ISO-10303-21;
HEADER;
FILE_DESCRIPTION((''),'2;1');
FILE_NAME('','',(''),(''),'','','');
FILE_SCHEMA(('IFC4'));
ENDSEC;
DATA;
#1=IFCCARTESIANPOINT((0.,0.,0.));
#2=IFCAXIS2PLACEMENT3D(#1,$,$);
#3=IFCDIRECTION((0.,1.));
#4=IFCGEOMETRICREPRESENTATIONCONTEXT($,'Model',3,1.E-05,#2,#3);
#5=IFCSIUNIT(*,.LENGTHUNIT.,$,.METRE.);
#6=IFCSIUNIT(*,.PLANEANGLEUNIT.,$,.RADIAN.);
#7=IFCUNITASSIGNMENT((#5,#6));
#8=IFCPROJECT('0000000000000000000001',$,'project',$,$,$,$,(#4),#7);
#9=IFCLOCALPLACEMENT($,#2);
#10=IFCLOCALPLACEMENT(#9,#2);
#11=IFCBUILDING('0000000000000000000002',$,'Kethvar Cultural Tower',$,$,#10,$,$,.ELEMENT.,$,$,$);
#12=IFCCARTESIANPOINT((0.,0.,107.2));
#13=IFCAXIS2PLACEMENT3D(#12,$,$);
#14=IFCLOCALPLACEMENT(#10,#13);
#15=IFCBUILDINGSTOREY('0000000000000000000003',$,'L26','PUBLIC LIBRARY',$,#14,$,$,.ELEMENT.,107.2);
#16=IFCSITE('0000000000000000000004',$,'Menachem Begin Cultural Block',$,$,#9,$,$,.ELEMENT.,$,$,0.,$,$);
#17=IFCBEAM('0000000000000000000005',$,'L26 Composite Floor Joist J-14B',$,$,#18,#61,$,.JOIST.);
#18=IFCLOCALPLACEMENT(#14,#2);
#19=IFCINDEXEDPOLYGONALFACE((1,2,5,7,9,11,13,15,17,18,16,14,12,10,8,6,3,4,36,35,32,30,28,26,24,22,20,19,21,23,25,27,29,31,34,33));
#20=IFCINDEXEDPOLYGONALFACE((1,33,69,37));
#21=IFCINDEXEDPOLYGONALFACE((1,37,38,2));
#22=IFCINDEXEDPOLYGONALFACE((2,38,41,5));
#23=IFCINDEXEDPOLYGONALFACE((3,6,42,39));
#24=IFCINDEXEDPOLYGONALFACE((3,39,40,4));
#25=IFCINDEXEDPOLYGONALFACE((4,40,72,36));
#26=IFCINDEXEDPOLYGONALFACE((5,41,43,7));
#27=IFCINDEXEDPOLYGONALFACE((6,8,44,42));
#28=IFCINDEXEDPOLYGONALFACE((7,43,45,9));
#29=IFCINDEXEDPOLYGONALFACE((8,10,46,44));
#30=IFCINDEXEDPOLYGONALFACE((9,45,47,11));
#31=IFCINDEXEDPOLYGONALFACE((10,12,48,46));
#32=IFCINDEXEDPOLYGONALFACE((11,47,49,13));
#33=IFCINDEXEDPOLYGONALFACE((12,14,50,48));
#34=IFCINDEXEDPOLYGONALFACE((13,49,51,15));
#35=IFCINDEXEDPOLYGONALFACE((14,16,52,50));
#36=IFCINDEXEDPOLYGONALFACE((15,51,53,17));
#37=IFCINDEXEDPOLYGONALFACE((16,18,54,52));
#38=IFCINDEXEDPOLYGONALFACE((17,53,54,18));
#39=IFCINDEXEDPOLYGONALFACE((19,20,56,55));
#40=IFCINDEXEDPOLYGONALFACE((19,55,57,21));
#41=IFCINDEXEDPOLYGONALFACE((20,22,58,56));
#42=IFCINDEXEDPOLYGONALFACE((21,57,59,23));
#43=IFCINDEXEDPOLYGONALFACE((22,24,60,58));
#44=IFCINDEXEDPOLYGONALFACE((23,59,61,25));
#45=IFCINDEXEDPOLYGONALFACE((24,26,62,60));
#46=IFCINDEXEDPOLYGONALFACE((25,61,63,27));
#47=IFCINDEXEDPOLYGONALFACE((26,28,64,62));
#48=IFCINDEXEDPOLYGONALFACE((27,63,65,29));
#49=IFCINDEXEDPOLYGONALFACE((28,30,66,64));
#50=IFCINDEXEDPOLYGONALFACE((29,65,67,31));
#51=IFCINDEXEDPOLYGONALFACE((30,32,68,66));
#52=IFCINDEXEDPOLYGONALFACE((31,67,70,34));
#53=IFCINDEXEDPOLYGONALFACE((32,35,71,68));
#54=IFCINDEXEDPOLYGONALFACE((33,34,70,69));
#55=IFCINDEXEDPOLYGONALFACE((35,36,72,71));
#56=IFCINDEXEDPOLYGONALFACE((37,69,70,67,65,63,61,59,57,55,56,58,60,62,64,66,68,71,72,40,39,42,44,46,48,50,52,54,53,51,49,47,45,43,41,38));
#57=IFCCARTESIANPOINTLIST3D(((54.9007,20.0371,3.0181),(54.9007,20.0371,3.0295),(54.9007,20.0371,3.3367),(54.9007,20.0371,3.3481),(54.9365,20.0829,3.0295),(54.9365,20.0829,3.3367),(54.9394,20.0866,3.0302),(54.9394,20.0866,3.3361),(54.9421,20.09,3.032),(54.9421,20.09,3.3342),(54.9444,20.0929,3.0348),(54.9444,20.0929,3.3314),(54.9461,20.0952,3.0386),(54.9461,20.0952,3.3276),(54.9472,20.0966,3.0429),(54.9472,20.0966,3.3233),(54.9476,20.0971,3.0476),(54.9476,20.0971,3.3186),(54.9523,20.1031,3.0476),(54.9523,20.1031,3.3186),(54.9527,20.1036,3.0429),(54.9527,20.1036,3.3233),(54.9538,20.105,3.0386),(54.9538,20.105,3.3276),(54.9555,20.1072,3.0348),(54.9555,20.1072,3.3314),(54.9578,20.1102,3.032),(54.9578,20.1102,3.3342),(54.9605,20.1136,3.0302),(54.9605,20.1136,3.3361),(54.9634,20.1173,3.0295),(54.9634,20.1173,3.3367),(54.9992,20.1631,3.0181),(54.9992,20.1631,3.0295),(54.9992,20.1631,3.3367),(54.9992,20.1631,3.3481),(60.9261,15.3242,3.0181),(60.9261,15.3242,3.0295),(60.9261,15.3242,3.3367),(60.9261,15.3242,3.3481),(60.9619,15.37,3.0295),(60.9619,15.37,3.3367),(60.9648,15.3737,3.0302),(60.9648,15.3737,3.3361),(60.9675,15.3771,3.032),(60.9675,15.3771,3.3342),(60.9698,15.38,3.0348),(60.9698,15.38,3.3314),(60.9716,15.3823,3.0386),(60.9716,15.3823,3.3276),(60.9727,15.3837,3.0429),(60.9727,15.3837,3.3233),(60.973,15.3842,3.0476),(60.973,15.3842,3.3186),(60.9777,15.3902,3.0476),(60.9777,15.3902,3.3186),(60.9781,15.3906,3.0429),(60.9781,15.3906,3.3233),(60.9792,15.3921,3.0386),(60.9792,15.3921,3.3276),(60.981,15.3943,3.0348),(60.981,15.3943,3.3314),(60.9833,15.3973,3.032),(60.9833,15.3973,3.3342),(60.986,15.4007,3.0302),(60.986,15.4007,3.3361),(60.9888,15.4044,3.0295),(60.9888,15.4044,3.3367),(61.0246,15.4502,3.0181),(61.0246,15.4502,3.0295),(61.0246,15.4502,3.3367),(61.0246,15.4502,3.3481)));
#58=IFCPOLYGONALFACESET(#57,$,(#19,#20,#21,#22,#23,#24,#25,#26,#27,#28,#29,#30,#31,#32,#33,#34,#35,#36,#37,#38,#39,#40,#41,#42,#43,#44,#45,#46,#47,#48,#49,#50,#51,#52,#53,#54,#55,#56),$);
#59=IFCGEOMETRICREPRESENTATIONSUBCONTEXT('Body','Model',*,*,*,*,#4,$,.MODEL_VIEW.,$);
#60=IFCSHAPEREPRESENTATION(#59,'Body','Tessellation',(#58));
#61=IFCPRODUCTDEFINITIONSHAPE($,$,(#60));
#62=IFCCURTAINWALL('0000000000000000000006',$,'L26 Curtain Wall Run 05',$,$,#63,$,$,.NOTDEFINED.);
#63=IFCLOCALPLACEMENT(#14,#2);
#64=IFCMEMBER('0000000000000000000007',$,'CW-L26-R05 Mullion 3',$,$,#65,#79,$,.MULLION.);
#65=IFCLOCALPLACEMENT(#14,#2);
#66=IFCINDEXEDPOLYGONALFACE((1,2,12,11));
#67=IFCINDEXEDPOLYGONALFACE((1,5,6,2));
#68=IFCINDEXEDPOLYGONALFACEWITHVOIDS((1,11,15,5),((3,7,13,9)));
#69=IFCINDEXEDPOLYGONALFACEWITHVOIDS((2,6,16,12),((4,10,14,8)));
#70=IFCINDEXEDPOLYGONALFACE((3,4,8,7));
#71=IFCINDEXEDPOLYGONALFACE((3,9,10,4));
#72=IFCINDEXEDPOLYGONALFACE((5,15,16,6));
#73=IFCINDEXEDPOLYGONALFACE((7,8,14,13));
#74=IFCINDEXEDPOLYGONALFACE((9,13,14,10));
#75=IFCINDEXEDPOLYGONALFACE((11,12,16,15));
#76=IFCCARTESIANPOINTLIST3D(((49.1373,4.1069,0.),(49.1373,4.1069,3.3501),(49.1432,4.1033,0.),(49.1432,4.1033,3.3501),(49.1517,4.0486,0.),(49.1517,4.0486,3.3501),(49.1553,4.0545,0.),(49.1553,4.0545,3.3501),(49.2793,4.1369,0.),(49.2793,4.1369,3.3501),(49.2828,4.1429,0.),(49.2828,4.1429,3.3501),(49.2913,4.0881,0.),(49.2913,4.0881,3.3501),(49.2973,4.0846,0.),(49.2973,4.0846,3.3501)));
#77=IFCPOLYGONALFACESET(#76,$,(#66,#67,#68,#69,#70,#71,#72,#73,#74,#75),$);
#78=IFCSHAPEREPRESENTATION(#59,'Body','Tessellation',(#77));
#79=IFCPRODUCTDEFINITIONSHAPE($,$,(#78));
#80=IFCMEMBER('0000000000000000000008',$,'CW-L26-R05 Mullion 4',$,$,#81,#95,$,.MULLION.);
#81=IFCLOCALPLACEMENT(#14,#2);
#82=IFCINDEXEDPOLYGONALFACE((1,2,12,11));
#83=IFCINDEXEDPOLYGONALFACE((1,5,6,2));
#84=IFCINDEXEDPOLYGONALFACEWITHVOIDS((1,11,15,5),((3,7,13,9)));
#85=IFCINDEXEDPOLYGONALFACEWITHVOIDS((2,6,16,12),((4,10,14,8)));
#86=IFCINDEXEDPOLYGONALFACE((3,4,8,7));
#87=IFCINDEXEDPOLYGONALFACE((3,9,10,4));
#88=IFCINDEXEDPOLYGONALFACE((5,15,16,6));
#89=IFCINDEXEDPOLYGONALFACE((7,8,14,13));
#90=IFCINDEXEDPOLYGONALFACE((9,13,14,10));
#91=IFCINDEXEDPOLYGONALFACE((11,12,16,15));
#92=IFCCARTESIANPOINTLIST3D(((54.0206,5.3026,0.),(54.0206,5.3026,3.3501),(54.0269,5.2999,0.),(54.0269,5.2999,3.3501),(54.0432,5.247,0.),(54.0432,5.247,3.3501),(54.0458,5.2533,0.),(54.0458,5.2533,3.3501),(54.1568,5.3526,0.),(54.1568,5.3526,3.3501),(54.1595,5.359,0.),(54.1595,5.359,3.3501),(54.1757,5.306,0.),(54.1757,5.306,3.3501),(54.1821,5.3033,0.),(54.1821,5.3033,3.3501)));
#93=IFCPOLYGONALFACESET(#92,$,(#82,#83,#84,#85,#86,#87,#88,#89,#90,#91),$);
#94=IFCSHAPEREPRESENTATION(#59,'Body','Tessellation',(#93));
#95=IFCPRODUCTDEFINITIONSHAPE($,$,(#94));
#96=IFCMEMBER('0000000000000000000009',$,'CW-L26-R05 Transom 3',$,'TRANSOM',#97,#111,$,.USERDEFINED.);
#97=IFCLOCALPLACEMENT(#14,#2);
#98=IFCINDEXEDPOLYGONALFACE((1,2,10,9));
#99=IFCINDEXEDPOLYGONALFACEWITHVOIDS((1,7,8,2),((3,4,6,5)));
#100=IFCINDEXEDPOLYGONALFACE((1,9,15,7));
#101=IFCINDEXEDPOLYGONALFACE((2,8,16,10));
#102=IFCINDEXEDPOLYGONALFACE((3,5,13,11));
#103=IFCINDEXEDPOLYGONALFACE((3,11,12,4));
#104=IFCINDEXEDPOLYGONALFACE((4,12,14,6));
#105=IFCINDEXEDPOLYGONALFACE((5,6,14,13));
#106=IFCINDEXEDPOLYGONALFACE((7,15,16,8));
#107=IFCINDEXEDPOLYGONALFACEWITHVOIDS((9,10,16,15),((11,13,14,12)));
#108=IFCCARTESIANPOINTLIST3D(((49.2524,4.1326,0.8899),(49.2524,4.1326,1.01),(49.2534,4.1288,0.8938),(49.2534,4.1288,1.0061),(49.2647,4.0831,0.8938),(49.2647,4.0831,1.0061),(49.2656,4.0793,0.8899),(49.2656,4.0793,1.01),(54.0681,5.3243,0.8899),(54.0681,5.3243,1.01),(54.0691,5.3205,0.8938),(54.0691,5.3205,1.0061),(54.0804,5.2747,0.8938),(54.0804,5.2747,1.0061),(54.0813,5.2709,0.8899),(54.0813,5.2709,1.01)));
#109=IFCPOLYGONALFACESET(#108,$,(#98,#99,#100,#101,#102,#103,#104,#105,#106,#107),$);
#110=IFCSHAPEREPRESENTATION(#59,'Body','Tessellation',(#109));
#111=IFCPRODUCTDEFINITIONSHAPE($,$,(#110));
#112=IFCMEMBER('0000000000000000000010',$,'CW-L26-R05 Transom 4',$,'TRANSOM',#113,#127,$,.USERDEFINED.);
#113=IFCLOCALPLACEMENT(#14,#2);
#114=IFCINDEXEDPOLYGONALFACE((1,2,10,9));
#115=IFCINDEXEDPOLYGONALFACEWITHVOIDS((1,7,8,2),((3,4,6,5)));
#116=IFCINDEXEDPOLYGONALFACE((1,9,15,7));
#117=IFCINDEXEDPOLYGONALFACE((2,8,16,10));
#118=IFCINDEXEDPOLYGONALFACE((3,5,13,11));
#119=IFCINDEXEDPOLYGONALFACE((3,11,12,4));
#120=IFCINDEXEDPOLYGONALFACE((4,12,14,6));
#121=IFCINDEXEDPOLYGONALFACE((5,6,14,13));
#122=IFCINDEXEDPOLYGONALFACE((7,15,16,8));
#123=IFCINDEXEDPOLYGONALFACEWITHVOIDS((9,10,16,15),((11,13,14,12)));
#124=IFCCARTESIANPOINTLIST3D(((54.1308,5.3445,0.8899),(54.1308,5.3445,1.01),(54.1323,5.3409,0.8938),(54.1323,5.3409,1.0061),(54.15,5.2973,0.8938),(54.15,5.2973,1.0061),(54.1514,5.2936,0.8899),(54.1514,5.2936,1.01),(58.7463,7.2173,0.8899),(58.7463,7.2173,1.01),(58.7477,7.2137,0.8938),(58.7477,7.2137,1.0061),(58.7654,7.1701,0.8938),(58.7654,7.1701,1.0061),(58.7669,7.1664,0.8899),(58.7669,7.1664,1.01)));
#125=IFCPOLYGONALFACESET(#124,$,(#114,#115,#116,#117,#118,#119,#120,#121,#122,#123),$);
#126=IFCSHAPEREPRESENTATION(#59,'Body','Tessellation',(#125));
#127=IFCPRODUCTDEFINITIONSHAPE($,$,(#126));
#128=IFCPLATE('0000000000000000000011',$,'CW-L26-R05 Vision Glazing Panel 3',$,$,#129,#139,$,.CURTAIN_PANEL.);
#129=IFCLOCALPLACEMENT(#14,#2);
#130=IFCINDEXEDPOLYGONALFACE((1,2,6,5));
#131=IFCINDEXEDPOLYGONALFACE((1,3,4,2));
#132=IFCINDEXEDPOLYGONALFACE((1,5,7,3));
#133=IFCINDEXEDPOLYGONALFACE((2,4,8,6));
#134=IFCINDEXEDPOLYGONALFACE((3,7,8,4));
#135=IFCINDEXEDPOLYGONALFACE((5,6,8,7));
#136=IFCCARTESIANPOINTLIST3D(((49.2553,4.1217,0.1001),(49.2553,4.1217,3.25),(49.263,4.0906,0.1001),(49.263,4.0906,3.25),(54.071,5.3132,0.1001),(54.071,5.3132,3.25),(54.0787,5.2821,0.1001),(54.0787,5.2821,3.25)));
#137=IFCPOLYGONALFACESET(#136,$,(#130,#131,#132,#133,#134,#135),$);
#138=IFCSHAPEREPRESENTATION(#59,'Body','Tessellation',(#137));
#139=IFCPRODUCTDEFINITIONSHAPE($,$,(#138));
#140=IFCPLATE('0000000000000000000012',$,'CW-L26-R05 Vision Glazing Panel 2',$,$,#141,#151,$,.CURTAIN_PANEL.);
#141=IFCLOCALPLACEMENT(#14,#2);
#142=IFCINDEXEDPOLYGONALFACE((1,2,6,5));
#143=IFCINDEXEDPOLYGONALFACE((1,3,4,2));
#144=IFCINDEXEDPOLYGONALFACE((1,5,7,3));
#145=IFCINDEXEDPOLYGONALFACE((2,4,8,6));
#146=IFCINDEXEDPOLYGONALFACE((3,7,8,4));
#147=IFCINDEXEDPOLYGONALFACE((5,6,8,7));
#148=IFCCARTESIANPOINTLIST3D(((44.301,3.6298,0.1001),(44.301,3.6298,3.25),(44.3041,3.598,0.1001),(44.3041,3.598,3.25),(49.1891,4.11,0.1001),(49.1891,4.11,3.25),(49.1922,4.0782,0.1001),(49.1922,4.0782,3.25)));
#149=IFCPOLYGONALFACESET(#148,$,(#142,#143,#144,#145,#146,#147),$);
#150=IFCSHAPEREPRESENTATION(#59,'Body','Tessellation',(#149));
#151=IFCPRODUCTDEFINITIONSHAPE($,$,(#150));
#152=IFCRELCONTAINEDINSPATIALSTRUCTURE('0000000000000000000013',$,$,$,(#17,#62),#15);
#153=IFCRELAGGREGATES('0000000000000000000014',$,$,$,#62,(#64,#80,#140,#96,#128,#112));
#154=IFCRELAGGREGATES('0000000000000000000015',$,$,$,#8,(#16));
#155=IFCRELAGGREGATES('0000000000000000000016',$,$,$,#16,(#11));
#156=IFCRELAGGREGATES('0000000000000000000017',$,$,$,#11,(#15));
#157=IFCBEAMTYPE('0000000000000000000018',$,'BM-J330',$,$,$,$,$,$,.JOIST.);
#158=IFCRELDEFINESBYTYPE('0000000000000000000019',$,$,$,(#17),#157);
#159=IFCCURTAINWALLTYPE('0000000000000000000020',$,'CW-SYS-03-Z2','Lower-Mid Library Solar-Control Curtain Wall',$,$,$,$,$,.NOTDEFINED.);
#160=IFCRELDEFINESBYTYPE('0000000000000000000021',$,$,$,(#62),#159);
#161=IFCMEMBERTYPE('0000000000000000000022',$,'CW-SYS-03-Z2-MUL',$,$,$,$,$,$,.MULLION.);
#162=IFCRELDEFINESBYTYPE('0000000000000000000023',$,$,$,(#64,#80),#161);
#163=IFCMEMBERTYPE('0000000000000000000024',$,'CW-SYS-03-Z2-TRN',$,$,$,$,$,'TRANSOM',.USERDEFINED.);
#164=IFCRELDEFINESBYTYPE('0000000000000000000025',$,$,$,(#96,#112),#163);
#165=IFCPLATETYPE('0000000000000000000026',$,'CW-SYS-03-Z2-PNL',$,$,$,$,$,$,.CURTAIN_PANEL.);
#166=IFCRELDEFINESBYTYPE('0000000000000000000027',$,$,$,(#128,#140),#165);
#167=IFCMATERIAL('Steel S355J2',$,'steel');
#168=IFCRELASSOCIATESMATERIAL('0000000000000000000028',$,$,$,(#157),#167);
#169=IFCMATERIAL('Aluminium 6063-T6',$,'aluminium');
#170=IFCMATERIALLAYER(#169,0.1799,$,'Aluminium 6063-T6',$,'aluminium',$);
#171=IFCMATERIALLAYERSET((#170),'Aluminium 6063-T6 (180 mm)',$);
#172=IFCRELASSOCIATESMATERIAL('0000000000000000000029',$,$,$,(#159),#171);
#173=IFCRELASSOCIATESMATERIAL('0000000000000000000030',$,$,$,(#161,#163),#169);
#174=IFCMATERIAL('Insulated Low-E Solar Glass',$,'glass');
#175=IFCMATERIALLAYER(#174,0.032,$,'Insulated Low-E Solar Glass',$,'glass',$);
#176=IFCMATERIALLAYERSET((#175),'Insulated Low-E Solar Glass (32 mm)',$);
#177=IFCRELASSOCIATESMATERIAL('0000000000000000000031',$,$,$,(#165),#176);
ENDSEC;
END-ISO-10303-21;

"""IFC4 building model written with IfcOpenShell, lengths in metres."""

from ifc_helpers import new_model, si_unit, direction, frame, origin, origin_2d, place, context, subcontext, project, spatial, rectangle, hollow_rectangle, i_section, extrude, source, transform, mapped, material, layer, layer_set, material_profile, profile_set, type_object, element, aggregate, save


model = new_model("IFC4")

# Units and contexts
model_context = context("Model", 3, precision=1e-05, world=origin(), true_north=direction((0.0, 1.0)))
body_context = subcontext(model_context, "Body", "Model", "MODEL_VIEW")
ifc_project = project(units=[si_unit("LENGTHUNIT", "METRE"), si_unit("PLANEANGLEUNIT", "RADIAN")], contexts=[model_context])

# Site, building, storey
site_placement = place(None, origin())
site = spatial("IfcSite", under=ifc_project, at=site_placement, Name="Menachem Begin Cultural Block", CompositionType="ELEMENT", RefElevation=0.0)
building_placement = place(site_placement, origin())
building = spatial("IfcBuilding", under=site, at=building_placement, Name="Kethvar Cultural Tower", CompositionType="ELEMENT")
storey_placement = place(building_placement, frame((0.0, 0.0, 107.2)))
storey = spatial("IfcBuildingStorey", under=building, at=storey_placement, Name="L26", Description="PUBLIC LIBRARY", CompositionType="ELEMENT", Elevation=107.2)

# Beam
ifc_material_1 = material(Name="Steel S355J2", Category="steel")
ifc_material_profile_1 = material_profile(ifc_material_1, i_section(OverallWidth=0.1599, OverallDepth=0.3301, WebThickness=0.0076, FlangeThickness=0.0115, FilletRadius=0.0181, at=origin_2d()), Name="Steel S355J2 — IPE330")
ifc_profile_set_1 = profile_set([ifc_material_profile_1], Name="Steel S355J2 — IPE330")
beam_type_1 = type_object("IfcBeamType", Name="BM-J330", PredefinedType="JOIST", material=ifc_profile_set_1)
shared_shape_1 = source(origin(), body_context, "Body", "SweptSolid", [
    extrude(i_section(OverallWidth=0.1599, OverallDepth=0.3301, WebThickness=0.0076, FlangeThickness=0.0115, FilletRadius=0.0181, at=origin_2d()), origin(), (0.0, 0.0, 1.0), 7.6497),
])
beam_1_placement = place(storey_placement, frame((54.95, 20.1001, 3.1831), z_axis=(0.787672, -0.616095, 0.0), x_axis=(0.616095, 0.787672, 0.0)))
element("IfcBeam", 1, at=beam_1_placement, inside=storey, type_object=beam_type_1, Name="L26 Composite Floor Joist J-14B", PredefinedType="JOIST", context=body_context, shape_type="MappedRepresentation", body=[
    mapped(shared_shape_1, transform((0.0, 0.0, 0.0), scale=1.0)),
])

# Curtain wall, members, plates
ifc_material_2 = material(Name="Aluminium 6063-T6", Category="aluminium")
ifc_layer_1 = layer(ifc_material_2, 0.1799, Name="Aluminium 6063-T6", Category="aluminium")
ifc_layer_set_1 = layer_set([ifc_layer_1], Name="Aluminium 6063-T6 (180 mm)")
curtain_wall_type = type_object("IfcCurtainWallType", Name="CW-SYS-03-Z2", Description="Lower-Mid Library Solar-Control Curtain Wall", PredefinedType="NOTDEFINED", material=ifc_layer_set_1)
curtain_wall_placement = place(storey_placement, origin())
curtain_wall = element("IfcCurtainWall", 2, at=curtain_wall_placement, inside=storey, type_object=curtain_wall_type, Name="L26 Curtain Wall Run 05", PredefinedType="NOTDEFINED")
ifc_material_profile_2 = material_profile(ifc_material_2, hollow_rectangle(XDim=0.0601, YDim=0.1499, WallThickness=0.0049, at=origin_2d()), Name="Aluminium 6063-T6 — RHS150x60x5")
ifc_profile_set_2 = profile_set([ifc_material_profile_2], Name="Aluminium 6063-T6 — RHS150x60x5")
member_type_1 = type_object("IfcMemberType", Name="CW-SYS-03-Z2-MUL", PredefinedType="MULLION", material=ifc_profile_set_2)
shared_shape_2 = source(origin(), body_context, "Body", "SweptSolid", [
    extrude(hollow_rectangle(XDim=0.0601, YDim=0.1499, WallThickness=0.0049, at=origin_2d()), origin(), (0.0, 0.0, 1.0), 3.3501),
])
member_1_placement = place(storey_placement, frame((49.2173, 4.0957, 0.0), z_axis=(0.0, 0.0, 1.0), x_axis=(-0.240177, 0.970729, 0.0)))
member_1 = element("IfcMember", 3, at=member_1_placement, type_object=member_type_1, Name="CW-L26-R05 Mullion 3", PredefinedType="MULLION", context=body_context, shape_type="MappedRepresentation", body=[
    mapped(shared_shape_2, transform((0.0, 0.0, 0.0), scale=1.0)),
])
member_2_placement = place(storey_placement, frame((54.1013, 5.303, 0.0), z_axis=(0.0, 0.0, 1.0), x_axis=(-0.375998, 0.926621, 0.0)))
member_2 = element("IfcMember", 4, at=member_2_placement, type_object=member_type_1, Name="CW-L26-R05 Mullion 4", PredefinedType="MULLION", context=body_context, shape_type="MappedRepresentation", body=[
    mapped(shared_shape_2, transform((0.0, 0.0, 0.0), scale=1.0)),
])
ifc_material_profile_3 = material_profile(ifc_material_2, hollow_rectangle(XDim=0.0549, YDim=0.1201, WallThickness=0.0039, at=origin_2d()), Name="Aluminium 6063-T6 — RHS120x55x4")
ifc_profile_set_3 = profile_set([ifc_material_profile_3], Name="Aluminium 6063-T6 — RHS120x55x4")
member_type_2 = type_object("IfcMemberType", Name="CW-SYS-03-Z2-TRN", ElementType="TRANSOM", PredefinedType="USERDEFINED", material=ifc_profile_set_3)
shared_shape_3 = source(origin(), body_context, "Body", "SweptSolid", [
    extrude(hollow_rectangle(XDim=0.0549, YDim=0.1201, WallThickness=0.0039, at=origin_2d()), origin(), (0.0, 0.0, 1.0), 4.9609),
])
member_3_placement = place(storey_placement, frame((49.259, 4.106, 0.95), z_axis=(0.970722, 0.240207, 0.0), x_axis=(-0.240207, 0.970722, 0.0)))
member_3 = element("IfcMember", 5, at=member_3_placement, type_object=member_type_2, Name="CW-L26-R05 Transom 3", ObjectType="TRANSOM", PredefinedType="USERDEFINED", context=body_context, shape_type="MappedRepresentation", body=[
    mapped(shared_shape_3, transform((0.0, 0.0, 0.0), scale=1.0)),
])
shared_shape_4 = source(origin(), body_context, "Body", "SweptSolid", [
    extrude(hollow_rectangle(XDim=0.0549, YDim=0.1201, WallThickness=0.0039, at=origin_2d()), origin(), (0.0, 0.0, 1.0), 4.981),
])
member_4_placement = place(storey_placement, frame((54.1411, 5.3191, 0.95), z_axis=(0.926623, 0.375992, 0.0), x_axis=(-0.375992, 0.926623, 0.0)))
member_4 = element("IfcMember", 6, at=member_4_placement, type_object=member_type_2, Name="CW-L26-R05 Transom 4", ObjectType="TRANSOM", PredefinedType="USERDEFINED", context=body_context, shape_type="MappedRepresentation", body=[
    mapped(shared_shape_4, transform((0.0, 0.0, 0.0), scale=1.0)),
])
ifc_material_3 = material(Name="Insulated Low-E Solar Glass", Category="glass")
ifc_layer_2 = layer(ifc_material_3, 0.032, Name="Insulated Low-E Solar Glass", Category="glass")
ifc_layer_set_2 = layer_set([ifc_layer_2], Name="Insulated Low-E Solar Glass (32 mm)")
plate_type = type_object("IfcPlateType", Name="CW-SYS-03-Z2-PNL", PredefinedType="CURTAIN_PANEL", material=ifc_layer_set_2)
shared_shape_5 = source(origin(), body_context, "Body", "SweptSolid", [
    extrude(rectangle(XDim=4.9609, YDim=0.032, at=origin_2d()), origin(), (0.0, 0.0, 1.0), 3.1499),
])
plate_1_placement = place(storey_placement, frame((51.667, 4.7019, 0.1001), z_axis=(0.0, 0.0, 1.0), x_axis=(0.970729, 0.240177, 0.0)))
plate_1 = element("IfcPlate", 7, at=plate_1_placement, type_object=plate_type, Name="CW-L26-R05 Vision Glazing Panel 3", PredefinedType="CURTAIN_PANEL", context=body_context, shape_type="MappedRepresentation", body=[
    mapped(shared_shape_5, transform((0.0, 0.0, 0.0), scale=1.0)),
])
shared_shape_6 = source(origin(), body_context, "Body", "SweptSolid", [
    extrude(rectangle(XDim=4.9116, YDim=0.032, at=origin_2d()), origin(), (0.0, 0.0, 1.0), 3.1499),
])
plate_2_placement = place(storey_placement, frame((46.7466, 3.854, 0.1001), z_axis=(0.0, 0.0, 1.0), x_axis=(0.995209, 0.097774, 0.0)))
plate_2 = element("IfcPlate", 8, at=plate_2_placement, type_object=plate_type, Name="CW-L26-R05 Vision Glazing Panel 2", PredefinedType="CURTAIN_PANEL", context=body_context, shape_type="MappedRepresentation", body=[
    mapped(shared_shape_6, transform((0.0, 0.0, 0.0), scale=1.0)),
])
aggregate(curtain_wall, [member_1, member_2, plate_2, member_3, plate_1, member_4])

save(model, "model.ifc")
